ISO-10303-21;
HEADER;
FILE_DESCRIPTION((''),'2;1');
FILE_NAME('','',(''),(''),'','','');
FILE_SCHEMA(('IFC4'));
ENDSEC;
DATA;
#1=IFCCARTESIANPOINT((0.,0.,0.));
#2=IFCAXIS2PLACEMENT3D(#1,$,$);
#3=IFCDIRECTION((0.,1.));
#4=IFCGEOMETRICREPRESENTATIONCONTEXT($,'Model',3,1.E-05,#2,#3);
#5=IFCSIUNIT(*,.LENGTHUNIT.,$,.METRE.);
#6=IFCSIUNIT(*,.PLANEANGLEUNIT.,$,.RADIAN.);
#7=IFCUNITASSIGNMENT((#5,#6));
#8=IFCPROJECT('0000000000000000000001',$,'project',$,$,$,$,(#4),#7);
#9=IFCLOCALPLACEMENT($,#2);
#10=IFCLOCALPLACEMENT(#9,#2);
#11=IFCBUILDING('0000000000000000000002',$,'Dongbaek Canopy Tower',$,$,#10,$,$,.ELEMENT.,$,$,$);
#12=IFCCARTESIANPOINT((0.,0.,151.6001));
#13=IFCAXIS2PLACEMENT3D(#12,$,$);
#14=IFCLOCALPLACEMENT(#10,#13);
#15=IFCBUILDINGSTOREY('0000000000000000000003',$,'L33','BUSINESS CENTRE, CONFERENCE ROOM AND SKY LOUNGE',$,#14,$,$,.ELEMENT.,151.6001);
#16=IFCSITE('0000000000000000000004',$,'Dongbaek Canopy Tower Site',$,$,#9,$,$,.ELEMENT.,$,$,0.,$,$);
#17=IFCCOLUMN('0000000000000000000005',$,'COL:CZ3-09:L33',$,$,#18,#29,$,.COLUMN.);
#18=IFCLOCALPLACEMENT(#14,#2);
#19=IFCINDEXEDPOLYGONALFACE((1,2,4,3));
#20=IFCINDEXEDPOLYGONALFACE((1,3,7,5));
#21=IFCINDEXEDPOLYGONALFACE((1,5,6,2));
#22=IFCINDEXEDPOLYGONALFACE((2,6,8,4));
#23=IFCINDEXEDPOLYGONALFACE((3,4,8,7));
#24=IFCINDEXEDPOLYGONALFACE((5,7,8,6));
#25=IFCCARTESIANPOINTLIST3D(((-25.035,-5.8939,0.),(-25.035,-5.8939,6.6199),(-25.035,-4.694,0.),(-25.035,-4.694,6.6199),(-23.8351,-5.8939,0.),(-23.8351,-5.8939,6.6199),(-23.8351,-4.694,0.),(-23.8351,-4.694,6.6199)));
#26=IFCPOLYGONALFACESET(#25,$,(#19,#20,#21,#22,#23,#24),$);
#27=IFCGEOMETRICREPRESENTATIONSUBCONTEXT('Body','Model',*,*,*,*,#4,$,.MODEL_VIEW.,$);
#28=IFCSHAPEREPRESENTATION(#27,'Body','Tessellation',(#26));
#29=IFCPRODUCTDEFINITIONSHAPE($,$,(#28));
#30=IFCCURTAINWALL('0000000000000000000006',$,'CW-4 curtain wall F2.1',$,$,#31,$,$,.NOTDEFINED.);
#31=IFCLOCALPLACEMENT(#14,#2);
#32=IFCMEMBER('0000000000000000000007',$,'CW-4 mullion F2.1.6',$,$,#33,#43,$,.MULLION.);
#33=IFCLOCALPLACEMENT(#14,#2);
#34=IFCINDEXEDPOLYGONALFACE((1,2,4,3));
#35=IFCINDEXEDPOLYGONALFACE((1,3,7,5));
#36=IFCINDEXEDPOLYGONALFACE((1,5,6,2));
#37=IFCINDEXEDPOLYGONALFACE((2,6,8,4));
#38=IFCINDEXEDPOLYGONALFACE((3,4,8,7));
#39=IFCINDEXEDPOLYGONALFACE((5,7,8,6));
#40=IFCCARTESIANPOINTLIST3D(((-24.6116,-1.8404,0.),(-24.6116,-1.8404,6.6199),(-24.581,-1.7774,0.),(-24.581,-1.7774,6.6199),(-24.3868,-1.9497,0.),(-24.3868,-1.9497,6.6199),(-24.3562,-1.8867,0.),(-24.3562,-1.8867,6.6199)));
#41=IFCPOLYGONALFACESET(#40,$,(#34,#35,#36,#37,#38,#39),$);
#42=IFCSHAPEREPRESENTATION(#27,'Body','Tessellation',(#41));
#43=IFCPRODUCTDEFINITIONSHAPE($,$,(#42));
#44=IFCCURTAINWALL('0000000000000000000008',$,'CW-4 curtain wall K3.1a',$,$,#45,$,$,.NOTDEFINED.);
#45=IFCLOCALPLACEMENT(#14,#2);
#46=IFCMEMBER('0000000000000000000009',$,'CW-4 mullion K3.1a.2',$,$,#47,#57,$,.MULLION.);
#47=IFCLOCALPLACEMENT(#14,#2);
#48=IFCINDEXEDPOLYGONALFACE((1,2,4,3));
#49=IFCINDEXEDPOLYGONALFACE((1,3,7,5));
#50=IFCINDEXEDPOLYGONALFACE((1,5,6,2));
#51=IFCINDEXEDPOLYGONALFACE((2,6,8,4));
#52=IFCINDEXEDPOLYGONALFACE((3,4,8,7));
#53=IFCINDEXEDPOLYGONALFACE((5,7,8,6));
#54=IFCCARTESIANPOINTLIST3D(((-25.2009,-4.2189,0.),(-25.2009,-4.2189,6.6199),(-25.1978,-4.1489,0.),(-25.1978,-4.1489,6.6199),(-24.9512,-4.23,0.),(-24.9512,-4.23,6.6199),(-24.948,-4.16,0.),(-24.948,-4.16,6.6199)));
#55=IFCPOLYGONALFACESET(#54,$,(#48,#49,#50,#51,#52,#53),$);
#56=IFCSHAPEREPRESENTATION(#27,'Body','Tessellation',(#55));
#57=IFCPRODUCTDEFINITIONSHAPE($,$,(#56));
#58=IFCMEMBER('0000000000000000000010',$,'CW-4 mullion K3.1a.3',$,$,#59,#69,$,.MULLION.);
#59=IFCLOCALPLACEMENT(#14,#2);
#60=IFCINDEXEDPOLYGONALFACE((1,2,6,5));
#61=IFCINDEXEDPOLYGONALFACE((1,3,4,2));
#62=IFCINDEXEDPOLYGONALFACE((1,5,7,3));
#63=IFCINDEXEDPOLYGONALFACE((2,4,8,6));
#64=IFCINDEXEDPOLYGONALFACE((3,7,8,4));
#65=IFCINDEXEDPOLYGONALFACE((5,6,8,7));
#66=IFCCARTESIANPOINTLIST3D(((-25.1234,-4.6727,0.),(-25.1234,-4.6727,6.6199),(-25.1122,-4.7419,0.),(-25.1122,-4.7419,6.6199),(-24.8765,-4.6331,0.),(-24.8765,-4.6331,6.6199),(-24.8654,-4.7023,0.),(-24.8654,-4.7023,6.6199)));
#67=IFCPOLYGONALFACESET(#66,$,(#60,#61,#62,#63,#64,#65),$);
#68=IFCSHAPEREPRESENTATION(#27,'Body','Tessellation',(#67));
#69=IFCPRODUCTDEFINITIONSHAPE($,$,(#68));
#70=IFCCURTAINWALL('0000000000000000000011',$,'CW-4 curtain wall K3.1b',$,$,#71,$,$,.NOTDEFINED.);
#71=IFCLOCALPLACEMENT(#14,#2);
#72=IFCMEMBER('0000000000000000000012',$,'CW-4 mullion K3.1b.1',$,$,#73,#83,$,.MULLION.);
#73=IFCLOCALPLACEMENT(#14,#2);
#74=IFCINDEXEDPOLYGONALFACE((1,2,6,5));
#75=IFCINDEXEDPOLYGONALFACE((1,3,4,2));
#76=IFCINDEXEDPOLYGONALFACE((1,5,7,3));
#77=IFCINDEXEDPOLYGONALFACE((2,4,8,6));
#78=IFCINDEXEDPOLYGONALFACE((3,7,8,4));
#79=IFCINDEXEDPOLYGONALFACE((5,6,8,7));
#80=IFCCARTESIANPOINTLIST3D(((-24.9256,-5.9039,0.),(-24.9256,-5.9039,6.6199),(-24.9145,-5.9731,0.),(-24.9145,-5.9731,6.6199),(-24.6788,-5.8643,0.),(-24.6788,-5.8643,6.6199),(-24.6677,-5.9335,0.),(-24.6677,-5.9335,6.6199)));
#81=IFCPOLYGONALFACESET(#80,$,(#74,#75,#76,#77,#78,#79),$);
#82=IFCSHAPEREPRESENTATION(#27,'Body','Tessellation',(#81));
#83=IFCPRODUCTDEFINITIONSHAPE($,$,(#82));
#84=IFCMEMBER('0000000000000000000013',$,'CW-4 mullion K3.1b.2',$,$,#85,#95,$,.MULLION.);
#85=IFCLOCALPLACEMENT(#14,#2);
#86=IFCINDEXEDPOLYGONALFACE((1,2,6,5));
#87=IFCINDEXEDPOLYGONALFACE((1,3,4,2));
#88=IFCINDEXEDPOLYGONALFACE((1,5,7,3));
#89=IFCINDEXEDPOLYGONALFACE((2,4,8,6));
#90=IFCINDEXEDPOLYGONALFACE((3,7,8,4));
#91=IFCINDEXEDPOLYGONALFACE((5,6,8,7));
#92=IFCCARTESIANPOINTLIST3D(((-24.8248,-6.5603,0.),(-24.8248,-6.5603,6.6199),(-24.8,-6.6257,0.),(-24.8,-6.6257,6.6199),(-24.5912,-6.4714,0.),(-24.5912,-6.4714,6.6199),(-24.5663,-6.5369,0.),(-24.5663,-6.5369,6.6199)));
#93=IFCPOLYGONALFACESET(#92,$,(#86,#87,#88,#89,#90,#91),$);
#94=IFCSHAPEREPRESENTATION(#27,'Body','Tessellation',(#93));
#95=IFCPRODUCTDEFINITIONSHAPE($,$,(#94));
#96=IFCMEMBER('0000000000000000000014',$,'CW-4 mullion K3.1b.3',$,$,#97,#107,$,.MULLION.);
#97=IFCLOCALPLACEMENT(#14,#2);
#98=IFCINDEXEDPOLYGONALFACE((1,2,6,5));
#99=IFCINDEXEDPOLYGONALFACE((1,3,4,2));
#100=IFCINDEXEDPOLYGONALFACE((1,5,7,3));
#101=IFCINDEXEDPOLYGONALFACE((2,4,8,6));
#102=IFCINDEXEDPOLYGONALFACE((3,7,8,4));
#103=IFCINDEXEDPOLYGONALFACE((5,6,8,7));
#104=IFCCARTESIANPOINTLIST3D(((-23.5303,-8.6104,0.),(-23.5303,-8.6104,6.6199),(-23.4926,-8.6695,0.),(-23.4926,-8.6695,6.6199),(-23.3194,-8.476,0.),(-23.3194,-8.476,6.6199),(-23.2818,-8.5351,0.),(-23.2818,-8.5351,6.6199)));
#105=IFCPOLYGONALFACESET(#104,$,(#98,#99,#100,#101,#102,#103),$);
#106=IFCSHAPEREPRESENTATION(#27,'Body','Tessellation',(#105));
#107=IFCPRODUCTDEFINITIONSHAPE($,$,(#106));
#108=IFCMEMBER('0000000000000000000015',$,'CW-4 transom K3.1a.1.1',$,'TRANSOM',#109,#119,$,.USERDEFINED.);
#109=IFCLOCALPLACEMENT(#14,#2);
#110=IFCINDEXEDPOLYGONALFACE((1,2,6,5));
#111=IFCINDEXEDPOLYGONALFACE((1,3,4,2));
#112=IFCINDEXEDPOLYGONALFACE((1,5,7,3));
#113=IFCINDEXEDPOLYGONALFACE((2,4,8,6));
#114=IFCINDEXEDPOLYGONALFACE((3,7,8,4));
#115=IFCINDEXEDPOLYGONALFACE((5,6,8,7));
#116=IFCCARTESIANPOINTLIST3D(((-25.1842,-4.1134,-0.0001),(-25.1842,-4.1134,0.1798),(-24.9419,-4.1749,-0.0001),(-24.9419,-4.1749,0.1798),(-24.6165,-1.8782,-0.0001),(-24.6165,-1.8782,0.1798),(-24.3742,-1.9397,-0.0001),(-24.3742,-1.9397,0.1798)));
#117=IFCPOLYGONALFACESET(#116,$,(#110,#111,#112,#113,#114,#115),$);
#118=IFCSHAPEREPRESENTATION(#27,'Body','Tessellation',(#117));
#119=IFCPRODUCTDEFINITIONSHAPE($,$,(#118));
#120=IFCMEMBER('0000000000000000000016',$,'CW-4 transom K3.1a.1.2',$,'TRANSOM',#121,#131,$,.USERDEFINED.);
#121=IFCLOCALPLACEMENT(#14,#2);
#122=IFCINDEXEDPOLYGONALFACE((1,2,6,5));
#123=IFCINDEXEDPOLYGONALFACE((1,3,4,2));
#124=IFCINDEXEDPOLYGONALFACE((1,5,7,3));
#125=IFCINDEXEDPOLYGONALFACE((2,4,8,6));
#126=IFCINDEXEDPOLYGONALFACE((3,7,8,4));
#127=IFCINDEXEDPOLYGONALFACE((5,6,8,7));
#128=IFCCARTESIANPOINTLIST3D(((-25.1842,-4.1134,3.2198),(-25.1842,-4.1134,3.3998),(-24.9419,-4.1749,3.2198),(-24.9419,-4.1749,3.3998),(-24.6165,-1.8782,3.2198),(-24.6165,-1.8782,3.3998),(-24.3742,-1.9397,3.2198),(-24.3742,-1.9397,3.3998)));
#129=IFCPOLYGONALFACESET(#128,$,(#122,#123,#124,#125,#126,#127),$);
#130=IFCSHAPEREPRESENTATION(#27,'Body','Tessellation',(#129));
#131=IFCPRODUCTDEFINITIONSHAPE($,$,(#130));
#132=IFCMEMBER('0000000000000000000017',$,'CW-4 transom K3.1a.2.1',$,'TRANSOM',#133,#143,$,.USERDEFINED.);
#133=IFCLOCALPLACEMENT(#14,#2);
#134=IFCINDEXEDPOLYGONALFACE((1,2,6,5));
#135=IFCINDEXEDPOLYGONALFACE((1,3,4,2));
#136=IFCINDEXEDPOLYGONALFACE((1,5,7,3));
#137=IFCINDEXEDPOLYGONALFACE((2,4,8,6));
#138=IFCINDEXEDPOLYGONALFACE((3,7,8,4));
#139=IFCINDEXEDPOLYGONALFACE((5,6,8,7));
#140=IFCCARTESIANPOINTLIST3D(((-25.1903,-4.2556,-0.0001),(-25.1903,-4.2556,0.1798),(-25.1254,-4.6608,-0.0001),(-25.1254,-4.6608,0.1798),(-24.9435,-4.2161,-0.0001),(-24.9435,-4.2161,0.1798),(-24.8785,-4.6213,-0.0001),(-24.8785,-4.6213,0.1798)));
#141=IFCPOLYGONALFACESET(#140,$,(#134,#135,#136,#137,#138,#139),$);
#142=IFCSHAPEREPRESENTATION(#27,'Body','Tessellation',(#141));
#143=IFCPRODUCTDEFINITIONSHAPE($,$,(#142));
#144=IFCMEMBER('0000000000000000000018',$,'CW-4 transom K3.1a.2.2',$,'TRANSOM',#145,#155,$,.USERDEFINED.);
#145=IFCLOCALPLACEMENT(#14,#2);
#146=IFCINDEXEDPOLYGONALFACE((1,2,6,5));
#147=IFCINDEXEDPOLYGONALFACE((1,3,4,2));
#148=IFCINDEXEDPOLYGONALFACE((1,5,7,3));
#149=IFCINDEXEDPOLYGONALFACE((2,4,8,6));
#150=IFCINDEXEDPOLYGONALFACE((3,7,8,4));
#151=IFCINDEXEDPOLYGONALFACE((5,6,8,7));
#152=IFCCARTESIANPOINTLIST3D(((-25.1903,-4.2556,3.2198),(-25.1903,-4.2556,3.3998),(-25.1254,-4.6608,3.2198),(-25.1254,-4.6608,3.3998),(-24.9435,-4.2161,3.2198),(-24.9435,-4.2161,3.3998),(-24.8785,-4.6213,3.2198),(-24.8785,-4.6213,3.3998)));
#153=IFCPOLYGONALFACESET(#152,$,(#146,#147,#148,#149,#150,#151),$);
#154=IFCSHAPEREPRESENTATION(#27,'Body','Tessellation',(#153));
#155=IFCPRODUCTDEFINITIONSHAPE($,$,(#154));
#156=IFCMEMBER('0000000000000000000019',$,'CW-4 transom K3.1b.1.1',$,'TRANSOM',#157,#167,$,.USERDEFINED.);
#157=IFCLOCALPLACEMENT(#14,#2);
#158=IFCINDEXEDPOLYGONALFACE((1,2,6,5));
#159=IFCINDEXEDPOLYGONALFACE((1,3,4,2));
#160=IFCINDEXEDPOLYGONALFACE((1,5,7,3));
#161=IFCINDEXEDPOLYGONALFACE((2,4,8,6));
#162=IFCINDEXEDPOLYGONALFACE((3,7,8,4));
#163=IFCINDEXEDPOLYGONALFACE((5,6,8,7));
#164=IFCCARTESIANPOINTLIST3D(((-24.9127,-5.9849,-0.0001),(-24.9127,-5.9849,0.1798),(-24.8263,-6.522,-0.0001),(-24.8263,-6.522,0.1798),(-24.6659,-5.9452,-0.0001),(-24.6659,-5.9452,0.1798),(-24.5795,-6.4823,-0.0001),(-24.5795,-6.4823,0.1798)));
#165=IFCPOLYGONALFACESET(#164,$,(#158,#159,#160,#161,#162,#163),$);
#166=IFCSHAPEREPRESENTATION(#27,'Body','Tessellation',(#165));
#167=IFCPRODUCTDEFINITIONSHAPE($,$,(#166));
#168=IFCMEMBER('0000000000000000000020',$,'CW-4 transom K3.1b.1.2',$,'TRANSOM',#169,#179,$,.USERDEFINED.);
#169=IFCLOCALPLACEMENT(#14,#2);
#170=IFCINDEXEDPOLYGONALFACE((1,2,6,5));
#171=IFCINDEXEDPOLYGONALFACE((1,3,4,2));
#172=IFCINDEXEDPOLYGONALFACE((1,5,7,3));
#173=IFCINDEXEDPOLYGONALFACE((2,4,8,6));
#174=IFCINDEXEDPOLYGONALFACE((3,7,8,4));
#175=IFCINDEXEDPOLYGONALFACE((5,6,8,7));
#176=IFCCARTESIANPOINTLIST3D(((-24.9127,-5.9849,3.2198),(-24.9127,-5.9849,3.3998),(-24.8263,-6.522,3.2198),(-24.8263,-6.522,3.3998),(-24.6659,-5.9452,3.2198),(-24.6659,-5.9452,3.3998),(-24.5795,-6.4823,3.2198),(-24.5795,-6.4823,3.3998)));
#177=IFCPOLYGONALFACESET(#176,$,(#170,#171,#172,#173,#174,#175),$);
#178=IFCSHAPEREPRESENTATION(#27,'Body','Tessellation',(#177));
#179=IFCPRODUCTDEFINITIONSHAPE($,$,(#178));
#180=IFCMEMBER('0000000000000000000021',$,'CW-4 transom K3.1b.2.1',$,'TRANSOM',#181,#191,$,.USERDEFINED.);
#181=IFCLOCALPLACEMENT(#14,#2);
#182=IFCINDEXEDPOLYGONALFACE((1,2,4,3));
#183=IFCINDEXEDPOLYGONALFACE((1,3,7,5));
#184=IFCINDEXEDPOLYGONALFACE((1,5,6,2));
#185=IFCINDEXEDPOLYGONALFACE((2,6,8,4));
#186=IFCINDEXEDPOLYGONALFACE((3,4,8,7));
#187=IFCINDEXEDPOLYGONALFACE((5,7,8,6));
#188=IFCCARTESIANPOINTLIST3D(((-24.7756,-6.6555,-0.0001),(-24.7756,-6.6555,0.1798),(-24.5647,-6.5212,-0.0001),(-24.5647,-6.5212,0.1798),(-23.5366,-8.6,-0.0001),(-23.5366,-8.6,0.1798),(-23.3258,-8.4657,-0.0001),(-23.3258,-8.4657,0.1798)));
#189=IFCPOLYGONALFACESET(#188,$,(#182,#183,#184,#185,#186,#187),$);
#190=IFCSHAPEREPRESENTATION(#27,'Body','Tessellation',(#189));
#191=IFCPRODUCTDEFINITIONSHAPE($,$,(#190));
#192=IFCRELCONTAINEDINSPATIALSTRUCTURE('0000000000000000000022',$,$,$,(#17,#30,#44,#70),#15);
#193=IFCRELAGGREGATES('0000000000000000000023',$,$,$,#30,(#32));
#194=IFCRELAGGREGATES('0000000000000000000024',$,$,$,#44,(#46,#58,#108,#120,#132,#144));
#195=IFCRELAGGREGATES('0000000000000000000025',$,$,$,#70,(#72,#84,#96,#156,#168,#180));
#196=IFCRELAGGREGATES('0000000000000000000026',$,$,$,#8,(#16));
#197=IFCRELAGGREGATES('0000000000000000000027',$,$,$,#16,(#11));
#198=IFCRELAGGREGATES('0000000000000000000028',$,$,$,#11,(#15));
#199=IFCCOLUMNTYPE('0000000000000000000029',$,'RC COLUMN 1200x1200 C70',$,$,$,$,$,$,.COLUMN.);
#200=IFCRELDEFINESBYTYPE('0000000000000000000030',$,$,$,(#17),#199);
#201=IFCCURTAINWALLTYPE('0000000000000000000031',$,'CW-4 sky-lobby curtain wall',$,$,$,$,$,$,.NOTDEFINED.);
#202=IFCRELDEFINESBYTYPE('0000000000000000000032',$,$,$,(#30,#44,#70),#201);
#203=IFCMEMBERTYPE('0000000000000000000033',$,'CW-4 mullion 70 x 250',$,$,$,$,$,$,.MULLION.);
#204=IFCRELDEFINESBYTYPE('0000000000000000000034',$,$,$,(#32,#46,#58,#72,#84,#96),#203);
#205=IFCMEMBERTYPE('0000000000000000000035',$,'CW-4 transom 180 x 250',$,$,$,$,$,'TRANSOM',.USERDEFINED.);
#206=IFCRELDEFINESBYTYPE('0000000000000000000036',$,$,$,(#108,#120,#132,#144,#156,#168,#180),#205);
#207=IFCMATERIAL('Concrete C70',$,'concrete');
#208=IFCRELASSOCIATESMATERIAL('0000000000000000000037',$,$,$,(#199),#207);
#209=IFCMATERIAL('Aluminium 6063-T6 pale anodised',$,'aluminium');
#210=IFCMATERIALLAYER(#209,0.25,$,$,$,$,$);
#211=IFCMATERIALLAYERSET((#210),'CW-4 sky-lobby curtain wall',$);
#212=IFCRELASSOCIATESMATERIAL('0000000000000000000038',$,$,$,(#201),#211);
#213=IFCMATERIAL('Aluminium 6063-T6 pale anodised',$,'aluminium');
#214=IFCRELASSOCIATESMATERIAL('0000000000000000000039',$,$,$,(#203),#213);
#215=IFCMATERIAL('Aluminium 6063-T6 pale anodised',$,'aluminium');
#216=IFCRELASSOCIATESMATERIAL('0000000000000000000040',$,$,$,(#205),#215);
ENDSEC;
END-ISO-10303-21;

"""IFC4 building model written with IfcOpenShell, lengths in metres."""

from ifc_helpers import new_model, si_unit, direction, frame, origin, origin_2d, place, context, subcontext, project, spatial, rectangle, extrude, material, layer, layer_set, material_profile, profile_set, type_object, element, aggregate, save


model = new_model("IFC4")

# Units and contexts
model_context = context("Model", 3, precision=1e-05, world=origin(), true_north=direction((0.0, 1.0)))
body_context = subcontext(model_context, "Body", "Model", "MODEL_VIEW")
ifc_project = project(units=[si_unit("LENGTHUNIT", "METRE"), si_unit("PLANEANGLEUNIT", "RADIAN")], contexts=[model_context])

# Site, building, storey
site_placement = place(None, origin())
site = spatial("IfcSite", under=ifc_project, at=site_placement, Name="Dongbaek Canopy Tower Site", CompositionType="ELEMENT", RefElevation=0.0)
building_placement = place(site_placement, origin())
building = spatial("IfcBuilding", under=site, at=building_placement, Name="Dongbaek Canopy Tower", CompositionType="ELEMENT")
storey_placement = place(building_placement, frame((0.0, 0.0, 151.6001)))
storey = spatial("IfcBuildingStorey", under=building, at=storey_placement, Name="L33", Description="BUSINESS CENTRE, CONFERENCE ROOM AND SKY LOUNGE", CompositionType="ELEMENT", Elevation=151.6001)

# Column
ifc_material_1 = material(Name="Concrete C70", Category="concrete")
ifc_material_profile_1 = material_profile(ifc_material_1, rectangle(XDim=1.2, YDim=1.2, at=origin_2d()), Name="RC COLUMN 1200x1200 C70")
ifc_profile_set_1 = profile_set([ifc_material_profile_1], Name="Concrete C70")
column_type = type_object("IfcColumnType", Name="RC COLUMN 1200x1200 C70", PredefinedType="COLUMN", material=ifc_profile_set_1)
column_placement = place(storey_placement, frame((-24.4351, -5.2939, 0.0), z_axis=(0.0, 0.0, 1.0), x_axis=(1.0, 0.0, 0.0)))
element("IfcColumn", 1, at=column_placement, inside=storey, type_object=column_type, Name="COL:CZ3-09:L33", PredefinedType="COLUMN", context=body_context, shape_type="SweptSolid", body=[
    extrude(rectangle(XDim=1.2, YDim=1.2, at=origin_2d()), origin(), (0.0, 0.0, 1.0), 6.6199),
])

# Curtain wall, member
ifc_material_2 = material(Name="Aluminium 6063-T6 pale anodised", Category="aluminium")
ifc_layer_1 = layer(ifc_material_2, 0.25)
ifc_layer_set_1 = layer_set([ifc_layer_1], Name="CW-4 sky-lobby curtain wall")
curtain_wall_type = type_object("IfcCurtainWallType", Name="CW-4 sky-lobby curtain wall", PredefinedType="NOTDEFINED", material=ifc_layer_set_1)
curtain_wall_1_placement = place(storey_placement, origin())
curtain_wall_1 = element("IfcCurtainWall", 2, at=curtain_wall_1_placement, inside=storey, type_object=curtain_wall_type, Name="CW-4 curtain wall F2.1", PredefinedType="NOTDEFINED")
ifc_material_3 = material(Name="Aluminium 6063-T6 pale anodised", Category="aluminium")
ifc_material_profile_2 = material_profile(ifc_material_3, rectangle(XDim=0.25, YDim=0.0701, at=origin_2d()), Name="CW-4 mullion 70 x 250")
ifc_profile_set_2 = profile_set([ifc_material_profile_2], Name="Aluminium 6063-T6 pale anodised")
member_type_1 = type_object("IfcMemberType", Name="CW-4 mullion 70 x 250", PredefinedType="MULLION", material=ifc_profile_set_2)
member_1_placement = place(storey_placement, frame((-24.4839, -1.8635, 0.0), z_axis=(0.0, 0.0, 1.0), x_axis=(-0.899298, 0.437336, 0.0)))
member_1 = element("IfcMember", 3, at=member_1_placement, type_object=member_type_1, Name="CW-4 mullion F2.1.6", PredefinedType="MULLION", context=body_context, shape_type="SweptSolid", body=[
    extrude(rectangle(XDim=0.25, YDim=0.0701, at=origin_2d()), origin(), (0.0, 0.0, 1.0), 6.6199),
])
aggregate(curtain_wall_1, [member_1])

# Curtain walls, members
curtain_wall_2_placement = place(storey_placement, origin())
curtain_wall_2 = element("IfcCurtainWall", 4, at=curtain_wall_2_placement, inside=storey, type_object=curtain_wall_type, Name="CW-4 curtain wall K3.1a", PredefinedType="NOTDEFINED")
member_2_placement = place(storey_placement, frame((-25.0745, -4.1895, 0.0), z_axis=(0.0, 0.0, 1.0), x_axis=(-0.999002, 0.044666, 0.0)))
member_2 = element("IfcMember", 5, at=member_2_placement, type_object=member_type_1, Name="CW-4 mullion K3.1a.2", PredefinedType="MULLION", context=body_context, shape_type="SweptSolid", body=[
    extrude(rectangle(XDim=0.25, YDim=0.0701, at=origin_2d()), origin(), (0.0, 0.0, 1.0), 6.6199),
])
member_3_placement = place(storey_placement, frame((-24.9944, -4.6875, 0.0), z_axis=(0.0, 0.0, 1.0), x_axis=(-0.987339, -0.158623, 0.0)))
member_3 = element("IfcMember", 6, at=member_3_placement, type_object=member_type_1, Name="CW-4 mullion K3.1a.3", PredefinedType="MULLION", context=body_context, shape_type="SweptSolid", body=[
    extrude(rectangle(XDim=0.25, YDim=0.0701, at=origin_2d()), origin(), (0.0, 0.0, 1.0), 6.6199),
])
curtain_wall_3_placement = place(storey_placement, origin())
curtain_wall_3 = element("IfcCurtainWall", 7, at=curtain_wall_3_placement, inside=storey, type_object=curtain_wall_type, Name="CW-4 curtain wall K3.1b", PredefinedType="NOTDEFINED")
member_4_placement = place(storey_placement, frame((-24.7966, -5.9187, 0.0), z_axis=(0.0, 0.0, 1.0), x_axis=(-0.987339, -0.158623, 0.0)))
member_4 = element("IfcMember", 8, at=member_4_placement, type_object=member_type_1, Name="CW-4 mullion K3.1b.1", PredefinedType="MULLION", context=body_context, shape_type="SweptSolid", body=[
    extrude(rectangle(XDim=0.25, YDim=0.0701, at=origin_2d()), origin(), (0.0, 0.0, 1.0), 6.6199),
])
member_5_placement = place(storey_placement, frame((-24.6956, -6.5486, 0.0), z_axis=(0.0, 0.0, 1.0), x_axis=(-0.934739, -0.355335, 0.0)))
member_5 = element("IfcMember", 9, at=member_5_placement, type_object=member_type_1, Name="CW-4 mullion K3.1b.2", PredefinedType="MULLION", context=body_context, shape_type="SweptSolid", body=[
    extrude(rectangle(XDim=0.25, YDim=0.0701, at=origin_2d()), origin(), (0.0, 0.0, 1.0), 6.6199),
])
member_6_placement = place(storey_placement, frame((-23.406, -8.5728, 0.0), z_axis=(0.0, 0.0, 1.0), x_axis=(-0.843382, -0.537314, 0.0)))
member_6 = element("IfcMember", 10, at=member_6_placement, type_object=member_type_1, Name="CW-4 mullion K3.1b.3", PredefinedType="MULLION", context=body_context, shape_type="SweptSolid", body=[
    extrude(rectangle(XDim=0.25, YDim=0.0701, at=origin_2d()), origin(), (0.0, 0.0, 1.0), 6.6199),
])

# Members
ifc_material_4 = material(Name="Aluminium 6063-T6 pale anodised", Category="aluminium")
ifc_material_profile_3 = material_profile(ifc_material_4, rectangle(XDim=0.25, YDim=0.1799, at=origin_2d()), Name="CW-4 transom 180 x 250")
ifc_profile_set_3 = profile_set([ifc_material_profile_3], Name="Aluminium 6063-T6 pale anodised")
member_type_2 = type_object("IfcMemberType", Name="CW-4 transom 180 x 250", ElementType="TRANSOM", PredefinedType="USERDEFINED", material=ifc_profile_set_3)
member_7_placement = place(storey_placement, frame((-24.4954, -1.9089, 0.0898), z_axis=(-0.246146, -0.969233, 0.0), x_axis=(0.969233, -0.246146, 0.0)))
member_7 = element("IfcMember", 11, at=member_7_placement, type_object=member_type_2, Name="CW-4 transom K3.1a.1.1", ObjectType="TRANSOM", PredefinedType="USERDEFINED", context=body_context, shape_type="SweptSolid", body=[
    extrude(rectangle(XDim=0.25, YDim=0.1799, at=origin_2d()), origin(), (0.0, 0.0, 1.0), 2.3062),
])
member_8_placement = place(storey_placement, frame((-24.4954, -1.9089, 3.3098), z_axis=(-0.246146, -0.969233, 0.0), x_axis=(0.969233, -0.246146, 0.0)))
member_8 = element("IfcMember", 12, at=member_8_placement, type_object=member_type_2, Name="CW-4 transom K3.1a.1.2", ObjectType="TRANSOM", PredefinedType="USERDEFINED", context=body_context, shape_type="SweptSolid", body=[
    extrude(rectangle(XDim=0.25, YDim=0.1799, at=origin_2d()), origin(), (0.0, 0.0, 1.0), 2.3062),
])
member_9_placement = place(storey_placement, frame((-25.0669, -4.2358, 0.0898), z_axis=(0.158222, -0.987403, 0.0), x_axis=(0.987403, 0.158222, 0.0)))
member_9 = element("IfcMember", 13, at=member_9_placement, type_object=member_type_2, Name="CW-4 transom K3.1a.2.1", ObjectType="TRANSOM", PredefinedType="USERDEFINED", context=body_context, shape_type="SweptSolid", body=[
    extrude(rectangle(XDim=0.25, YDim=0.1799, at=origin_2d()), origin(), (0.0, 0.0, 1.0), 0.4104),
])
member_10_placement = place(storey_placement, frame((-25.0669, -4.2358, 3.3098), z_axis=(0.158222, -0.987403, 0.0), x_axis=(0.987403, 0.158222, 0.0)))
member_10 = element("IfcMember", 14, at=member_10_placement, type_object=member_type_2, Name="CW-4 transom K3.1a.2.2", ObjectType="TRANSOM", PredefinedType="USERDEFINED", context=body_context, shape_type="SweptSolid", body=[
    extrude(rectangle(XDim=0.25, YDim=0.1799, at=origin_2d()), origin(), (0.0, 0.0, 1.0), 0.4104),
])
member_11_placement = place(storey_placement, frame((-24.7893, -5.9651, 0.0898), z_axis=(0.158866, -0.9873, 0.0), x_axis=(0.9873, 0.158866, 0.0)))
member_11 = element("IfcMember", 15, at=member_11_placement, type_object=member_type_2, Name="CW-4 transom K3.1b.1.1", ObjectType="TRANSOM", PredefinedType="USERDEFINED", context=body_context, shape_type="SweptSolid", body=[
    extrude(rectangle(XDim=0.25, YDim=0.1799, at=origin_2d()), origin(), (0.0, 0.0, 1.0), 0.5439),
])
member_12_placement = place(storey_placement, frame((-24.7893, -5.9651, 3.3098), z_axis=(0.158866, -0.9873, 0.0), x_axis=(0.9873, 0.158866, 0.0)))
member_12 = element("IfcMember", 16, at=member_12_placement, type_object=member_type_2, Name="CW-4 transom K3.1b.1.2", ObjectType="TRANSOM", PredefinedType="USERDEFINED", context=body_context, shape_type="SweptSolid", body=[
    extrude(rectangle(XDim=0.25, YDim=0.1799, at=origin_2d()), origin(), (0.0, 0.0, 1.0), 0.5439),
])
member_13_placement = place(storey_placement, frame((-24.6702, -6.5884, 0.0898), z_axis=(0.537355, -0.843356, 0.0), x_axis=(0.843356, 0.537355, 0.0)))
member_13 = element("IfcMember", 17, at=member_13_placement, type_object=member_type_2, Name="CW-4 transom K3.1b.2.1", ObjectType="TRANSOM", PredefinedType="USERDEFINED", context=body_context, shape_type="SweptSolid", body=[
    extrude(rectangle(XDim=0.25, YDim=0.1799, at=origin_2d()), origin(), (0.0, 0.0, 1.0), 2.3057),
])

aggregate(curtain_wall_2, [member_2, member_3, member_7, member_8, member_9, member_10])
aggregate(curtain_wall_3, [member_4, member_5, member_6, member_11, member_12, member_13])

save(model, "model.ifc")
